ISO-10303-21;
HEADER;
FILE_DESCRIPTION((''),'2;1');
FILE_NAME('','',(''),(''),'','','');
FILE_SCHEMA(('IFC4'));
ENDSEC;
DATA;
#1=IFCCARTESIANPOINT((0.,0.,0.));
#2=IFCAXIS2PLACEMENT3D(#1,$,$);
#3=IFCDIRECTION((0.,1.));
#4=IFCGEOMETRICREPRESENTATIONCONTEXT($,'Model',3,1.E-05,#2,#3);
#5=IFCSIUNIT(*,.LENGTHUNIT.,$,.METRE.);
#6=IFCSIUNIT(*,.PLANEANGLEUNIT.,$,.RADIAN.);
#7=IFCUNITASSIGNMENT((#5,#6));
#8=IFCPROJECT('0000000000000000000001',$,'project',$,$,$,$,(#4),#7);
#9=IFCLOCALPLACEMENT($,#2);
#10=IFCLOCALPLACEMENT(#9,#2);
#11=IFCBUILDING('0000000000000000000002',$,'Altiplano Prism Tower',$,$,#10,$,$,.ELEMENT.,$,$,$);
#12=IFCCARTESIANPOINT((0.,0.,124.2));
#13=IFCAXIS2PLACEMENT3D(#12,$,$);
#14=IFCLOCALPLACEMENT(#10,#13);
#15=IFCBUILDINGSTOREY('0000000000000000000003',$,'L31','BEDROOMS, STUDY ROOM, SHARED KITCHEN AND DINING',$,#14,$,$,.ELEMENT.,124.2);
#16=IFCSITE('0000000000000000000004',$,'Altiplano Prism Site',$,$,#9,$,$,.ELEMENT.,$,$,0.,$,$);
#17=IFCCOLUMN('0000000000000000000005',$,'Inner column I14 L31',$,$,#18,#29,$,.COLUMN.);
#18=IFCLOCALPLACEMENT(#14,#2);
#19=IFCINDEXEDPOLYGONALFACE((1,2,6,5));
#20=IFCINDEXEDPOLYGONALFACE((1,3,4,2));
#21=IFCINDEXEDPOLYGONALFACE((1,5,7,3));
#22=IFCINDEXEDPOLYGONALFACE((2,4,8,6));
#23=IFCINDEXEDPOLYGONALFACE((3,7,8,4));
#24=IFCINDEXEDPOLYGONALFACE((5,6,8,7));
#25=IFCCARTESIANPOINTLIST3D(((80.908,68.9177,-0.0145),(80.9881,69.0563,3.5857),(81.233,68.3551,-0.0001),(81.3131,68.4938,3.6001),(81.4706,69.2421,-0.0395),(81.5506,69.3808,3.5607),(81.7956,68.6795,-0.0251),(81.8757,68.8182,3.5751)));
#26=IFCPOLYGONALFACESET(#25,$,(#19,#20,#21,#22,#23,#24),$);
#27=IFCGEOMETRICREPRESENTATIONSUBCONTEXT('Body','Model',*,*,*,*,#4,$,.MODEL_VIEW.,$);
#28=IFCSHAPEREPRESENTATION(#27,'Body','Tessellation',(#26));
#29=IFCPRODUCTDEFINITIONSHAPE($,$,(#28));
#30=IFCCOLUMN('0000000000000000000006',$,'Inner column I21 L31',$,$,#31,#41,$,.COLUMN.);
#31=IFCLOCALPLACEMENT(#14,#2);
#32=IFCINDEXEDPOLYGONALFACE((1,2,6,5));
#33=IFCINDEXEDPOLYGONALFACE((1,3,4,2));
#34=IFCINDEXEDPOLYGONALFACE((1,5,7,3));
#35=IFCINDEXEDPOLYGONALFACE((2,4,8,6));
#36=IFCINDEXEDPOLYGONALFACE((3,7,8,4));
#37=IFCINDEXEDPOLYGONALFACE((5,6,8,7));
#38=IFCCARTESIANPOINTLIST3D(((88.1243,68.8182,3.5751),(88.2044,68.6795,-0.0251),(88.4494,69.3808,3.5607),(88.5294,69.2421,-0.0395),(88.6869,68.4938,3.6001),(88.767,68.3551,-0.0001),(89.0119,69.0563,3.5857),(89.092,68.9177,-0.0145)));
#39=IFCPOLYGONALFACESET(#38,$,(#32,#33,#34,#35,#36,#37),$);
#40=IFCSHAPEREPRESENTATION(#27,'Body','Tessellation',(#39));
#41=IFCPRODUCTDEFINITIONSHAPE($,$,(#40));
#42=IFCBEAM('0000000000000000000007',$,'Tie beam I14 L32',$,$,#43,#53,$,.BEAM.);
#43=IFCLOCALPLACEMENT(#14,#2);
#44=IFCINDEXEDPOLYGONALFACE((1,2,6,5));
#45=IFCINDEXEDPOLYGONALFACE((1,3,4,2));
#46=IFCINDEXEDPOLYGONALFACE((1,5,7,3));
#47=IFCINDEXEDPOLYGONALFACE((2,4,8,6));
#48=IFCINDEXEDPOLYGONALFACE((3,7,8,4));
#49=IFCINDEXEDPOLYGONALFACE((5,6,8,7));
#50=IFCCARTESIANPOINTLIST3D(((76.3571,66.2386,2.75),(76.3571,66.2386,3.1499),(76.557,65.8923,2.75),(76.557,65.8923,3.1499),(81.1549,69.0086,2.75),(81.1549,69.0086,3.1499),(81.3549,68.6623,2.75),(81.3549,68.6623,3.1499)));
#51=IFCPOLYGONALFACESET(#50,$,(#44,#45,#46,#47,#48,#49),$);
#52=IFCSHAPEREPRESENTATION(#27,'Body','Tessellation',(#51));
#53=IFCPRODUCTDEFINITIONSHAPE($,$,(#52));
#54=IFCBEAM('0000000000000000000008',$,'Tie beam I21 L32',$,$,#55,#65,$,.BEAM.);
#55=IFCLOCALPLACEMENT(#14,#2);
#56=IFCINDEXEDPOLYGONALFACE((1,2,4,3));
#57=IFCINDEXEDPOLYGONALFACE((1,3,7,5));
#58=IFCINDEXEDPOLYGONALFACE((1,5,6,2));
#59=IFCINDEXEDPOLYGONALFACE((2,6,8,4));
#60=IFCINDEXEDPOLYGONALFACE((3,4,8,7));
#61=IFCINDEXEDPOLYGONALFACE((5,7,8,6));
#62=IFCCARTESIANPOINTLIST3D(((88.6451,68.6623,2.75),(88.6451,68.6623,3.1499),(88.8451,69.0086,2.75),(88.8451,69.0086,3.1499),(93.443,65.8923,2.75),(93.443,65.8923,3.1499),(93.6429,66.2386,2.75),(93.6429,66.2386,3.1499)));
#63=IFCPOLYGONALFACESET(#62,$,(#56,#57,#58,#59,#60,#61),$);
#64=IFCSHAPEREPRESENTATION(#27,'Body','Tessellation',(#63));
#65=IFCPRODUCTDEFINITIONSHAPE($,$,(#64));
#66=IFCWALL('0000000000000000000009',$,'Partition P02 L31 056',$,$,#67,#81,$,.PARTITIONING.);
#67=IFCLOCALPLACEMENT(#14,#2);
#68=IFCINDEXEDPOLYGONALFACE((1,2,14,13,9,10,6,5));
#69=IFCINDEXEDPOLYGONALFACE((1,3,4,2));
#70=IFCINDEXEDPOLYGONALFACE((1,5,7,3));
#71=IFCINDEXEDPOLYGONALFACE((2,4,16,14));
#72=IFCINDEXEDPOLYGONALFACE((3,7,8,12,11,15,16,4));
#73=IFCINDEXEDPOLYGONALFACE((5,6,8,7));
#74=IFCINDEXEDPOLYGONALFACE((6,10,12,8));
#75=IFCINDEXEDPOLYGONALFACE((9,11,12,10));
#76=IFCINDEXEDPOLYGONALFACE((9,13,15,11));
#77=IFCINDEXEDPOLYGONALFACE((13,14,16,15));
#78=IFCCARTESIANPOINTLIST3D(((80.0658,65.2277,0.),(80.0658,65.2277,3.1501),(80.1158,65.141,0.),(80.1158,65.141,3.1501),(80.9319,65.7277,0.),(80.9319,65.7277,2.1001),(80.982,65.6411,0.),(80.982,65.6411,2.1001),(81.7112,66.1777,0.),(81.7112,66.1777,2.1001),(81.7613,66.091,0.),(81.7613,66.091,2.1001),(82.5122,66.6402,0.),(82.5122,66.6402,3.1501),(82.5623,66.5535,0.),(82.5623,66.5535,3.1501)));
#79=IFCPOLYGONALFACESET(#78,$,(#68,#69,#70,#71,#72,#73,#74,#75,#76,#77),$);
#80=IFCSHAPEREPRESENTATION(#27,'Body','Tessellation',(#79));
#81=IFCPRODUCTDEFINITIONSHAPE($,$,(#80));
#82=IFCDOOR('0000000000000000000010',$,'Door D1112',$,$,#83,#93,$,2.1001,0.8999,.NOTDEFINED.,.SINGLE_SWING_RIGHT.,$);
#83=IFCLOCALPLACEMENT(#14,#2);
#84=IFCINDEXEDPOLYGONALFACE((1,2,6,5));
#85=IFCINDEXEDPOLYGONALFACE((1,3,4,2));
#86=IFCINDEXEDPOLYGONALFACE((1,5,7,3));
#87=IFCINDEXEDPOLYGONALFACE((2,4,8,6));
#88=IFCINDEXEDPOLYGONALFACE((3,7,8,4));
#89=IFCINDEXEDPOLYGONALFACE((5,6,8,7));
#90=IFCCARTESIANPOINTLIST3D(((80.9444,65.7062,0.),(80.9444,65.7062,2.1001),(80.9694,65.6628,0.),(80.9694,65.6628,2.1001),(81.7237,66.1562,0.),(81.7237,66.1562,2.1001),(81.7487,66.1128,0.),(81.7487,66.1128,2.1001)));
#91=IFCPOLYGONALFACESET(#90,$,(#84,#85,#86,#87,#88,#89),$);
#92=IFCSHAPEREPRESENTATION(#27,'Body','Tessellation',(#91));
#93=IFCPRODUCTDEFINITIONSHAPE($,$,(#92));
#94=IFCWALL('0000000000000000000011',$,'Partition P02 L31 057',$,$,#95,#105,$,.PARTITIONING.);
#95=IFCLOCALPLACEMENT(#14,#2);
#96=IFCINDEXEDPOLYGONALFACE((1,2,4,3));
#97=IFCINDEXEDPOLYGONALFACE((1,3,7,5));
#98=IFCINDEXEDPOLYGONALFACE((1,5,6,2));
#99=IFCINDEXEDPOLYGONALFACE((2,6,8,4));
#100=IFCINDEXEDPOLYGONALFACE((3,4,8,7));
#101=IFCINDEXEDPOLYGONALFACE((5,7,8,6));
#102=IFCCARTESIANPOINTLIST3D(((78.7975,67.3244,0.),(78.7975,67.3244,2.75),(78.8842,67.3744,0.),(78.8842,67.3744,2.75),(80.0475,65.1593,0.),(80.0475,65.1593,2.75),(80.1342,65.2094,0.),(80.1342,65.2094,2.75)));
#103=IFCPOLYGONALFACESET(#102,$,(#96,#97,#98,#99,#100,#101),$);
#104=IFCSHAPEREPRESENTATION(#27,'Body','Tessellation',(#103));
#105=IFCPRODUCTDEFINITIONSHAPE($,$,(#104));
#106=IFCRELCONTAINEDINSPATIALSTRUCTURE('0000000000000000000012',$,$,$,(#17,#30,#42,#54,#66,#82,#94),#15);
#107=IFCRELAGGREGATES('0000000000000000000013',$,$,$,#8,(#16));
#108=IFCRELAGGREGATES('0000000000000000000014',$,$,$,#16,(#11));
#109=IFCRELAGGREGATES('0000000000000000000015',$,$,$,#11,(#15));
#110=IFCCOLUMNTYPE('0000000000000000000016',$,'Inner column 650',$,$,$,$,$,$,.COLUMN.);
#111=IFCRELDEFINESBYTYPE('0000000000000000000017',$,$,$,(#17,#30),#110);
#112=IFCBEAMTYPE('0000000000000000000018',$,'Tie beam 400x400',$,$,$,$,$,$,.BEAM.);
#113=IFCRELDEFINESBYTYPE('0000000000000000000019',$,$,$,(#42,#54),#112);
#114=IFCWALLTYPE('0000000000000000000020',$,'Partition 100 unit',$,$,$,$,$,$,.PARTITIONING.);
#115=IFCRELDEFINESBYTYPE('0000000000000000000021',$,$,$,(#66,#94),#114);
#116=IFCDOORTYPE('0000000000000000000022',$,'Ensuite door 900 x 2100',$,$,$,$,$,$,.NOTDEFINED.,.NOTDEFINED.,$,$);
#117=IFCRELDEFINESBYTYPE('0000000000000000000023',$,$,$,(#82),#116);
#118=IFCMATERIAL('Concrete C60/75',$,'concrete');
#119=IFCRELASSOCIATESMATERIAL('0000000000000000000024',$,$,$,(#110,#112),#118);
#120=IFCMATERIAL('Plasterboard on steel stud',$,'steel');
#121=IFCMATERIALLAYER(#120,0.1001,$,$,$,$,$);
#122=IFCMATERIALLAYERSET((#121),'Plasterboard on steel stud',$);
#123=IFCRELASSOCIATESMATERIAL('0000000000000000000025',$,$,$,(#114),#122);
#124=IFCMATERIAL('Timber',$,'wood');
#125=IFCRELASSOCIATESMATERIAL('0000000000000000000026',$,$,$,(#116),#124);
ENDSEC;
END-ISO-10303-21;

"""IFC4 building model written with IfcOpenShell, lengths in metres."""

from ifc_helpers import new_model, si_unit, direction, frame, frame_2d, origin, origin_2d, place, context, subcontext, project, spatial, rectangle, extrude, material, layer, layer_set, material_profile, profile_set, type_object, element, fill, save


model = new_model("IFC4")

# Units and contexts
model_context = context("Model", 3, precision=1e-05, world=origin(), true_north=direction((0.0, 1.0)))
body_context = subcontext(model_context, "Body", "Model", "MODEL_VIEW")
ifc_project = project(units=[si_unit("LENGTHUNIT", "METRE"), si_unit("PLANEANGLEUNIT", "RADIAN")], contexts=[model_context])

# Site, building, storey
site_placement = place(None, origin())
site = spatial("IfcSite", under=ifc_project, at=site_placement, Name="Altiplano Prism Site", CompositionType="ELEMENT", RefElevation=0.0)
building_placement = place(site_placement, origin())
building = spatial("IfcBuilding", under=site, at=building_placement, Name="Altiplano Prism Tower", CompositionType="ELEMENT")
storey_placement = place(building_placement, frame((0.0, 0.0, 124.2)))
storey = spatial("IfcBuildingStorey", under=building, at=storey_placement, Name="L31", Description="BEDROOMS, STUDY ROOM, SHARED KITCHEN AND DINING", CompositionType="ELEMENT", Elevation=124.2)

# Columns
ifc_material_1 = material(Name="Concrete C60/75", Category="concrete")
ifc_material_profile_1 = material_profile(ifc_material_1, rectangle(XDim=0.6499, YDim=0.6499, at=origin_2d()), Name="Inner column 650")
ifc_profile_set_1 = profile_set([ifc_material_profile_1], Name="Concrete C60/75")
column_type = type_object("IfcColumnType", Name="Inner column 650", PredefinedType="COLUMN", material=ifc_profile_set_1)
for number, where, z_axis, x_axis, name in (
    (1, (81.3518, 68.7986, -0.0198), (0.022221, 0.038481, 0.999012), (-0.865644, -0.499179, 0.038483), "Inner column I14 L31"),
    (2, (88.6482, 68.7986, -0.0198), (-0.022221, 0.038481, 0.999012), (-0.500167, -0.865644, 0.022218), "Inner column I21 L31"),
):
    element("IfcColumn", number, at=place(storey_placement, frame(where, z_axis=z_axis, x_axis=x_axis)), inside=storey, type_object=column_type, Name=name, PredefinedType="COLUMN", context=body_context, shape_type="SweptSolid", body=[
        extrude(rectangle(XDim=0.6499, YDim=0.6499, at=origin_2d()), origin(), (0.0, 0.0, 1.0), 3.6038),
    ])

# Beams
ifc_material_profile_2 = material_profile(ifc_material_1, rectangle(XDim=0.3999, YDim=0.3999, at=origin_2d()), Name="Tie beam 400x400")
ifc_profile_set_2 = profile_set([ifc_material_profile_2], Name="Concrete C60/75")
beam_type = type_object("IfcBeamType", Name="Tie beam 400x400", PredefinedType="BEAM", material=ifc_profile_set_2)
for number, where, z_axis, x_axis, name in (
    (3, (81.2549, 68.8354, 2.95), (-0.866027, -0.499997, 0.0), (0.499997, -0.866027, 0.0), "Tie beam I14 L32"),
    (4, (88.7451, 68.8354, 2.95), (0.866027, -0.499997, 0.0), (0.499997, 0.866027, 0.0), "Tie beam I21 L32"),
):
    element("IfcBeam", number, at=place(storey_placement, frame(where, z_axis=z_axis, x_axis=x_axis)), inside=storey, type_object=beam_type, Name=name, PredefinedType="BEAM", context=body_context, shape_type="SweptSolid", body=[
        extrude(rectangle(XDim=0.3999, YDim=0.3999, at=origin_2d()), origin(), (0.0, 0.0, 1.0), 5.54),
    ])

# Wall, opening, door
ifc_material_2 = material(Name="Plasterboard on steel stud", Category="steel")
ifc_layer_1 = layer(ifc_material_2, 0.1001)
ifc_layer_set_1 = layer_set([ifc_layer_1], Name="Plasterboard on steel stud")
wall_type_1 = type_object("IfcWallType", Name="Partition 100 unit", PredefinedType="PARTITIONING", material=ifc_layer_set_1)
wall_1_placement = place(storey_placement, frame((82.5374, 66.5969, 0.0), z_axis=(0.0, 0.0, 1.0), x_axis=(-0.866011, -0.500024, 0.0)))
wall_1 = element("IfcWall", 5, at=wall_1_placement, inside=storey, type_object=wall_type_1, Name="Partition P02 L31 056", PredefinedType="PARTITIONING", context=body_context, shape_type="SweptSolid", body=[
    extrude(rectangle(XDim=2.825, YDim=0.1001, at=frame_2d((1.4126, 0.0))), origin(), (0.0, 0.0, 1.0), 3.1501),
])
opening_1_placement = place(wall_1_placement, frame((0.925, 0.0, 0.0)))
opening_1 = element("IfcOpeningElement", 6, at=opening_1_placement, cuts=wall_1, PredefinedType="OPENING", context=body_context, shape_type="SweptSolid", body=[
    extrude(rectangle(XDim=0.8999, YDim=2.1001, at=frame_2d((0.45, 1.05))), frame((0.0, 0.0605, 0.0), z_axis=(0.0, -1.0, 0.0), x_axis=(1.0, 0.0, 0.0)), (0.0, 0.0, 1.0), 0.1211),
])
ifc_material_3 = material(Name="Timber", Category="wood")
door_type_1 = type_object("IfcDoorType", Name="Ensuite door 900 x 2100", OperationType="NOTDEFINED", PredefinedType="NOTDEFINED", material=ifc_material_3)
door_1_placement = place(opening_1_placement, origin())
door_1 = element("IfcDoor", 7, at=door_1_placement, inside=storey, type_object=door_type_1, Name="Door D1112", OperationType="SINGLE_SWING_RIGHT", OverallHeight=2.1001, OverallWidth=0.8999, PredefinedType="NOTDEFINED", context=body_context, shape_type="SweptSolid", body=[
    extrude(rectangle(XDim=0.8999, YDim=2.1001, at=frame_2d((0.45, 1.05))), frame((0.0, 0.0249, 0.0), z_axis=(0.0, -1.0, 0.0), x_axis=(1.0, 0.0, 0.0)), (0.0, 0.0, 1.0), 0.05),
])
fill(opening_1, door_1)

# Wall
wall_2_placement = place(storey_placement, frame((80.0908, 65.1843, 0.0), z_axis=(0.0, 0.0, 1.0), x_axis=(-0.500004, 0.866023, 0.0)))
element("IfcWall", 8, at=wall_2_placement, inside=storey, type_object=wall_type_1, Name="Partition P02 L31 057", PredefinedType="PARTITIONING", context=body_context, shape_type="SweptSolid", body=[
    extrude(rectangle(XDim=2.5, YDim=0.1001, at=frame_2d((1.25, 0.0))), origin(), (0.0, 0.0, 1.0), 2.75),
])

save(model, "model.ifc")
